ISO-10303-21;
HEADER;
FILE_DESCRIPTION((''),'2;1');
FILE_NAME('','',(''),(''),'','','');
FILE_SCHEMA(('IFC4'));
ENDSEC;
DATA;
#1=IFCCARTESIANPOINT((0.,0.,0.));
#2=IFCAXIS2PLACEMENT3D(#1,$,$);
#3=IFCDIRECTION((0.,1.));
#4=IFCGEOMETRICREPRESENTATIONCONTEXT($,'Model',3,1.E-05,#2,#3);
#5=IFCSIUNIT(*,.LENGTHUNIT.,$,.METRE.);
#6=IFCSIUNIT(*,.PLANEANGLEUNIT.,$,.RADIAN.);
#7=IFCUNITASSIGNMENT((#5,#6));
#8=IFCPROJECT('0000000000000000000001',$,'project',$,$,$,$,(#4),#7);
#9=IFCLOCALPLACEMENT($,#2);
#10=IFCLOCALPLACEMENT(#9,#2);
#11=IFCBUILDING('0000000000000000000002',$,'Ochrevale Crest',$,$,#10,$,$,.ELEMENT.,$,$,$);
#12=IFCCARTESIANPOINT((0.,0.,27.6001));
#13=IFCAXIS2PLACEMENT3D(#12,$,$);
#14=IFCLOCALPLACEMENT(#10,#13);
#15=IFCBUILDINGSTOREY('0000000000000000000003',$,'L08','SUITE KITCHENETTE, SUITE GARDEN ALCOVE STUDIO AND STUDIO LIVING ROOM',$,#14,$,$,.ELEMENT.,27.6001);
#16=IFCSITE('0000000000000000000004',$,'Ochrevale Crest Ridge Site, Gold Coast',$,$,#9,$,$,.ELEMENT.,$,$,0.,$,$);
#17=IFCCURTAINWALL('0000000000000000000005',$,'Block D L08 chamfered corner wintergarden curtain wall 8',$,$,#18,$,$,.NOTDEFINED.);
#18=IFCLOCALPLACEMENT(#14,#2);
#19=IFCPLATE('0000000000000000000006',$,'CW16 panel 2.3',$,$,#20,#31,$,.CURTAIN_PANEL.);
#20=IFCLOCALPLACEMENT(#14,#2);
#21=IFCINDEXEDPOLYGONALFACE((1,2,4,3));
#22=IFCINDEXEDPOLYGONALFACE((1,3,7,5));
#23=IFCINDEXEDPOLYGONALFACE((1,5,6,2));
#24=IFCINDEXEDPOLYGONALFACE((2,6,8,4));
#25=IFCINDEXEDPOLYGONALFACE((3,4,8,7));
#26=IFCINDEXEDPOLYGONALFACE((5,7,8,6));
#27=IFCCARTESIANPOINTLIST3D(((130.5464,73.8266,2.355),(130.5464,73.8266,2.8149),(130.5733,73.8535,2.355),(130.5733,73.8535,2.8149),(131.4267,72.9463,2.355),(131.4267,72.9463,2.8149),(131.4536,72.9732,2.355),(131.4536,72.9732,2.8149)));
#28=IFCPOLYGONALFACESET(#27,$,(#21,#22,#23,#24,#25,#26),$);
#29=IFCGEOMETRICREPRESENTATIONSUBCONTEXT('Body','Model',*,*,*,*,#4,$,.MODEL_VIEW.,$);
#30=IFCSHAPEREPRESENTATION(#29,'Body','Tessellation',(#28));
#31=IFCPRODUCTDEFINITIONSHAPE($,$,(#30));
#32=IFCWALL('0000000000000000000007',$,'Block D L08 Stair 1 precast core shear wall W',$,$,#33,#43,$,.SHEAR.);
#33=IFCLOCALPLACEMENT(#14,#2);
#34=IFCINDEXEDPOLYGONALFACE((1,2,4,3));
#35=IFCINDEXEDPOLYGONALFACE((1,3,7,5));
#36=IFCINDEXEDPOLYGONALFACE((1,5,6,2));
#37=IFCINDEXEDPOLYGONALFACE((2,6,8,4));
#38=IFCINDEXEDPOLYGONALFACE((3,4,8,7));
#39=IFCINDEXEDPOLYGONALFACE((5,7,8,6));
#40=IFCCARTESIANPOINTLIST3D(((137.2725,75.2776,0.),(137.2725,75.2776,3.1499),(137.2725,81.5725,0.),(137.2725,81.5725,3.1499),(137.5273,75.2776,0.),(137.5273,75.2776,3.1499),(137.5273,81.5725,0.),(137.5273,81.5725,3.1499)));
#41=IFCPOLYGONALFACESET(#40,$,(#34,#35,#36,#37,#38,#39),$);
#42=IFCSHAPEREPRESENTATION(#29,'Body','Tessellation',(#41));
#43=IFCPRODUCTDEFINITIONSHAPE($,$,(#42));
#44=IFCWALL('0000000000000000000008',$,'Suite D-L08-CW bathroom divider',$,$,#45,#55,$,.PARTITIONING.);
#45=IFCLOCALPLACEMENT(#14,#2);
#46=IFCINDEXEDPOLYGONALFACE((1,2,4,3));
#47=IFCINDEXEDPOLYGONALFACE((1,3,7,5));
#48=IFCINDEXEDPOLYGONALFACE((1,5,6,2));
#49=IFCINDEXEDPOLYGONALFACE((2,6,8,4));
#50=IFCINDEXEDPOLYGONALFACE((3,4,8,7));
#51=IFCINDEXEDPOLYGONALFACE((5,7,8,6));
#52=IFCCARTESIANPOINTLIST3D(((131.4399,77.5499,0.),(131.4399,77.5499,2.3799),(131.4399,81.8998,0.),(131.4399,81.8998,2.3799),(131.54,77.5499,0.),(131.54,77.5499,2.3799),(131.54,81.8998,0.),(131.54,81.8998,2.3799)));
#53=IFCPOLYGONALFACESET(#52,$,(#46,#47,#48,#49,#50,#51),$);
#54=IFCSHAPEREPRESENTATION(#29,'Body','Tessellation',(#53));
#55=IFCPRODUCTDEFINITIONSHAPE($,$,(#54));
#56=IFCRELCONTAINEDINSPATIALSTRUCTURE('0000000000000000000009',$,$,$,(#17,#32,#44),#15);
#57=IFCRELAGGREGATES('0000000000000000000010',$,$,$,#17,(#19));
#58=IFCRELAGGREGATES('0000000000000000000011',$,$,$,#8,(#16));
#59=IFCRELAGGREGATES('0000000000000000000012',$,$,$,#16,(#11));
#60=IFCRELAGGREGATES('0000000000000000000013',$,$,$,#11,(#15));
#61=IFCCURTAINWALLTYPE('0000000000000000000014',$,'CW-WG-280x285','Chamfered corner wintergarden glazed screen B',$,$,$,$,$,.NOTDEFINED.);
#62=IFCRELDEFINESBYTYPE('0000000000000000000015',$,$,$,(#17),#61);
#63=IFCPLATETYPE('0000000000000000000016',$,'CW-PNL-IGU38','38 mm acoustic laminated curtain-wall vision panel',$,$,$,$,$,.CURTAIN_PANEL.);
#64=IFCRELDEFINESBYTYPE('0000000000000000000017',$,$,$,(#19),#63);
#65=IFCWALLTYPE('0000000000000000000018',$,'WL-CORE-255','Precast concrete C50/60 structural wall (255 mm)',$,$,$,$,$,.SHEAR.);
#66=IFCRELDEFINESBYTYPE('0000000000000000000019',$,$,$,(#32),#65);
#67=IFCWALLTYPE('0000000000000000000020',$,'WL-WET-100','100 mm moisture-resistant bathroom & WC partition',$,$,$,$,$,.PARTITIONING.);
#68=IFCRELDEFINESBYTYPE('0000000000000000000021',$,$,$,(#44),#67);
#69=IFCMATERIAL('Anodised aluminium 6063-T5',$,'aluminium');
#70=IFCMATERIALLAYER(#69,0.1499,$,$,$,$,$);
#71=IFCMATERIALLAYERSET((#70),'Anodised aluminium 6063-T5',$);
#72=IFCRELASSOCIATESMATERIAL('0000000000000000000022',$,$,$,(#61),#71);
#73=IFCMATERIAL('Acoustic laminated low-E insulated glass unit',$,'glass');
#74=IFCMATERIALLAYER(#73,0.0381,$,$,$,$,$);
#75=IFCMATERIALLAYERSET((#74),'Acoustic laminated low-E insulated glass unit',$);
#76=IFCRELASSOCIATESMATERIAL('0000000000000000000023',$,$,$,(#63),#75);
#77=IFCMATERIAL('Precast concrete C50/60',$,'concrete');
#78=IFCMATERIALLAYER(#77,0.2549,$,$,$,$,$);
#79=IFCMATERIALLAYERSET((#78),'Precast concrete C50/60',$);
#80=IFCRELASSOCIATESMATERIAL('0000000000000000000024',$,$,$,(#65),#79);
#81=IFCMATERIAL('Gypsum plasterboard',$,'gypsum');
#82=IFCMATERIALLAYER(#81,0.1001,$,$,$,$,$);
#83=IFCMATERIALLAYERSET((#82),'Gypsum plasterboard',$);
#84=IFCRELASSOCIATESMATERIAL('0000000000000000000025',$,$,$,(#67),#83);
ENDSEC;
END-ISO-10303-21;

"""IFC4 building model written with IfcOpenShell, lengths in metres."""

from ifc_helpers import new_model, si_unit, direction, frame, frame_2d, origin, origin_2d, place, context, subcontext, project, spatial, rectangle, extrude, material, layer, layer_set, type_object, element, aggregate, save


model = new_model("IFC4")

# Units and contexts
model_context = context("Model", 3, precision=1e-05, world=origin(), true_north=direction((0.0, 1.0)))
body_context = subcontext(model_context, "Body", "Model", "MODEL_VIEW")
ifc_project = project(units=[si_unit("LENGTHUNIT", "METRE"), si_unit("PLANEANGLEUNIT", "RADIAN")], contexts=[model_context])

# Site, building, storey
site_placement = place(None, origin())
site = spatial("IfcSite", under=ifc_project, at=site_placement, Name="Ochrevale Crest Ridge Site, Gold Coast", CompositionType="ELEMENT", RefElevation=0.0)
building_placement = place(site_placement, origin())
building = spatial("IfcBuilding", under=site, at=building_placement, Name="Ochrevale Crest", CompositionType="ELEMENT")
storey_placement = place(building_placement, frame((0.0, 0.0, 27.6001)))
storey = spatial("IfcBuildingStorey", under=building, at=storey_placement, Name="L08", Description="SUITE KITCHENETTE, SUITE GARDEN ALCOVE STUDIO AND STUDIO LIVING ROOM", CompositionType="ELEMENT", Elevation=27.6001)

# Shared definitions
ifc_material_1 = material(Name="Precast concrete C50/60", Category="concrete")

# Curtain wall, plate
ifc_material_2 = material(Name="Anodised aluminium 6063-T5", Category="aluminium")
ifc_layer_1 = layer(ifc_material_2, 0.1499)
ifc_layer_set_1 = layer_set([ifc_layer_1], Name="Anodised aluminium 6063-T5")
curtain_wall_type = type_object("IfcCurtainWallType", Name="CW-WG-280x285", Description="Chamfered corner wintergarden glazed screen B", PredefinedType="NOTDEFINED", material=ifc_layer_set_1)
curtain_wall_placement = place(storey_placement, origin())
curtain_wall = element("IfcCurtainWall", 1, at=curtain_wall_placement, inside=storey, type_object=curtain_wall_type, Name="Block D L08 chamfered corner wintergarden curtain wall 8", PredefinedType="NOTDEFINED")
ifc_material_3 = material(Name="Acoustic laminated low-E insulated glass unit", Category="glass")
ifc_layer_2 = layer(ifc_material_3, 0.0381)
ifc_layer_set_2 = layer_set([ifc_layer_2], Name="Acoustic laminated low-E insulated glass unit")
plate_type = type_object("IfcPlateType", Name="CW-PNL-IGU38", Description="38 mm acoustic laminated curtain-wall vision panel", PredefinedType="CURTAIN_PANEL", material=ifc_layer_set_2)
plate_1_placement = place(storey_placement, frame((131.0, 73.3999, 2.355), z_axis=(0.0, 0.0, 1.0), x_axis=(0.707107, -0.707107, 0.0)))
plate_1 = element("IfcPlate", 2, at=plate_1_placement, type_object=plate_type, Name="CW16 panel 2.3", PredefinedType="CURTAIN_PANEL", context=body_context, shape_type="SweptSolid", body=[
    extrude(rectangle(XDim=1.2449, YDim=0.0381, at=origin_2d()), origin(), (0.0, 0.0, 1.0), 0.46),
])
aggregate(curtain_wall, [plate_1])

# Shared definitions
ifc_layer_3 = layer(ifc_material_1, 0.2549)
ifc_layer_set_3 = layer_set([ifc_layer_3], Name="Precast concrete C50/60")
wall_type_1 = type_object("IfcWallType", Name="WL-CORE-255", Description="Precast concrete C50/60 structural wall (255 mm)", PredefinedType="SHEAR", material=ifc_layer_set_3)

# Walls
wall_1_placement = place(storey_placement, frame((137.3999, 75.2776, 0.0), z_axis=(0.0, 0.0, 1.0), x_axis=(0.0, 1.0, 0.0)))
element("IfcWall", 3, at=wall_1_placement, inside=storey, type_object=wall_type_1, Name="Block D L08 Stair 1 precast core shear wall W", PredefinedType="SHEAR", context=body_context, shape_type="SweptSolid", body=[
    extrude(rectangle(XDim=6.2949, YDim=0.2549, at=frame_2d((3.1475, 0.0))), origin(), (0.0, 0.0, 1.0), 3.1499),
])
ifc_material_4 = material(Name="Gypsum plasterboard", Category="gypsum")
ifc_layer_4 = layer(ifc_material_4, 0.1001)
ifc_layer_set_4 = layer_set([ifc_layer_4], Name="Gypsum plasterboard")
wall_type_2 = type_object("IfcWallType", Name="WL-WET-100", Description="100 mm moisture-resistant bathroom & WC partition", PredefinedType="PARTITIONING", material=ifc_layer_set_4)
wall_2_placement = place(storey_placement, frame((131.49, 77.55, 0.0), z_axis=(0.0, 0.0, 1.0), x_axis=(0.0, 1.0, 0.0)))
element("IfcWall", 4, at=wall_2_placement, inside=storey, type_object=wall_type_2, Name="Suite D-L08-CW bathroom divider", PredefinedType="PARTITIONING", context=body_context, shape_type="SweptSolid", body=[
    extrude(rectangle(XDim=4.3499, YDim=0.1001, at=frame_2d((2.1748, 0.0))), origin(), (0.0, 0.0, 1.0), 2.3799),
])

save(model, "model.ifc")
